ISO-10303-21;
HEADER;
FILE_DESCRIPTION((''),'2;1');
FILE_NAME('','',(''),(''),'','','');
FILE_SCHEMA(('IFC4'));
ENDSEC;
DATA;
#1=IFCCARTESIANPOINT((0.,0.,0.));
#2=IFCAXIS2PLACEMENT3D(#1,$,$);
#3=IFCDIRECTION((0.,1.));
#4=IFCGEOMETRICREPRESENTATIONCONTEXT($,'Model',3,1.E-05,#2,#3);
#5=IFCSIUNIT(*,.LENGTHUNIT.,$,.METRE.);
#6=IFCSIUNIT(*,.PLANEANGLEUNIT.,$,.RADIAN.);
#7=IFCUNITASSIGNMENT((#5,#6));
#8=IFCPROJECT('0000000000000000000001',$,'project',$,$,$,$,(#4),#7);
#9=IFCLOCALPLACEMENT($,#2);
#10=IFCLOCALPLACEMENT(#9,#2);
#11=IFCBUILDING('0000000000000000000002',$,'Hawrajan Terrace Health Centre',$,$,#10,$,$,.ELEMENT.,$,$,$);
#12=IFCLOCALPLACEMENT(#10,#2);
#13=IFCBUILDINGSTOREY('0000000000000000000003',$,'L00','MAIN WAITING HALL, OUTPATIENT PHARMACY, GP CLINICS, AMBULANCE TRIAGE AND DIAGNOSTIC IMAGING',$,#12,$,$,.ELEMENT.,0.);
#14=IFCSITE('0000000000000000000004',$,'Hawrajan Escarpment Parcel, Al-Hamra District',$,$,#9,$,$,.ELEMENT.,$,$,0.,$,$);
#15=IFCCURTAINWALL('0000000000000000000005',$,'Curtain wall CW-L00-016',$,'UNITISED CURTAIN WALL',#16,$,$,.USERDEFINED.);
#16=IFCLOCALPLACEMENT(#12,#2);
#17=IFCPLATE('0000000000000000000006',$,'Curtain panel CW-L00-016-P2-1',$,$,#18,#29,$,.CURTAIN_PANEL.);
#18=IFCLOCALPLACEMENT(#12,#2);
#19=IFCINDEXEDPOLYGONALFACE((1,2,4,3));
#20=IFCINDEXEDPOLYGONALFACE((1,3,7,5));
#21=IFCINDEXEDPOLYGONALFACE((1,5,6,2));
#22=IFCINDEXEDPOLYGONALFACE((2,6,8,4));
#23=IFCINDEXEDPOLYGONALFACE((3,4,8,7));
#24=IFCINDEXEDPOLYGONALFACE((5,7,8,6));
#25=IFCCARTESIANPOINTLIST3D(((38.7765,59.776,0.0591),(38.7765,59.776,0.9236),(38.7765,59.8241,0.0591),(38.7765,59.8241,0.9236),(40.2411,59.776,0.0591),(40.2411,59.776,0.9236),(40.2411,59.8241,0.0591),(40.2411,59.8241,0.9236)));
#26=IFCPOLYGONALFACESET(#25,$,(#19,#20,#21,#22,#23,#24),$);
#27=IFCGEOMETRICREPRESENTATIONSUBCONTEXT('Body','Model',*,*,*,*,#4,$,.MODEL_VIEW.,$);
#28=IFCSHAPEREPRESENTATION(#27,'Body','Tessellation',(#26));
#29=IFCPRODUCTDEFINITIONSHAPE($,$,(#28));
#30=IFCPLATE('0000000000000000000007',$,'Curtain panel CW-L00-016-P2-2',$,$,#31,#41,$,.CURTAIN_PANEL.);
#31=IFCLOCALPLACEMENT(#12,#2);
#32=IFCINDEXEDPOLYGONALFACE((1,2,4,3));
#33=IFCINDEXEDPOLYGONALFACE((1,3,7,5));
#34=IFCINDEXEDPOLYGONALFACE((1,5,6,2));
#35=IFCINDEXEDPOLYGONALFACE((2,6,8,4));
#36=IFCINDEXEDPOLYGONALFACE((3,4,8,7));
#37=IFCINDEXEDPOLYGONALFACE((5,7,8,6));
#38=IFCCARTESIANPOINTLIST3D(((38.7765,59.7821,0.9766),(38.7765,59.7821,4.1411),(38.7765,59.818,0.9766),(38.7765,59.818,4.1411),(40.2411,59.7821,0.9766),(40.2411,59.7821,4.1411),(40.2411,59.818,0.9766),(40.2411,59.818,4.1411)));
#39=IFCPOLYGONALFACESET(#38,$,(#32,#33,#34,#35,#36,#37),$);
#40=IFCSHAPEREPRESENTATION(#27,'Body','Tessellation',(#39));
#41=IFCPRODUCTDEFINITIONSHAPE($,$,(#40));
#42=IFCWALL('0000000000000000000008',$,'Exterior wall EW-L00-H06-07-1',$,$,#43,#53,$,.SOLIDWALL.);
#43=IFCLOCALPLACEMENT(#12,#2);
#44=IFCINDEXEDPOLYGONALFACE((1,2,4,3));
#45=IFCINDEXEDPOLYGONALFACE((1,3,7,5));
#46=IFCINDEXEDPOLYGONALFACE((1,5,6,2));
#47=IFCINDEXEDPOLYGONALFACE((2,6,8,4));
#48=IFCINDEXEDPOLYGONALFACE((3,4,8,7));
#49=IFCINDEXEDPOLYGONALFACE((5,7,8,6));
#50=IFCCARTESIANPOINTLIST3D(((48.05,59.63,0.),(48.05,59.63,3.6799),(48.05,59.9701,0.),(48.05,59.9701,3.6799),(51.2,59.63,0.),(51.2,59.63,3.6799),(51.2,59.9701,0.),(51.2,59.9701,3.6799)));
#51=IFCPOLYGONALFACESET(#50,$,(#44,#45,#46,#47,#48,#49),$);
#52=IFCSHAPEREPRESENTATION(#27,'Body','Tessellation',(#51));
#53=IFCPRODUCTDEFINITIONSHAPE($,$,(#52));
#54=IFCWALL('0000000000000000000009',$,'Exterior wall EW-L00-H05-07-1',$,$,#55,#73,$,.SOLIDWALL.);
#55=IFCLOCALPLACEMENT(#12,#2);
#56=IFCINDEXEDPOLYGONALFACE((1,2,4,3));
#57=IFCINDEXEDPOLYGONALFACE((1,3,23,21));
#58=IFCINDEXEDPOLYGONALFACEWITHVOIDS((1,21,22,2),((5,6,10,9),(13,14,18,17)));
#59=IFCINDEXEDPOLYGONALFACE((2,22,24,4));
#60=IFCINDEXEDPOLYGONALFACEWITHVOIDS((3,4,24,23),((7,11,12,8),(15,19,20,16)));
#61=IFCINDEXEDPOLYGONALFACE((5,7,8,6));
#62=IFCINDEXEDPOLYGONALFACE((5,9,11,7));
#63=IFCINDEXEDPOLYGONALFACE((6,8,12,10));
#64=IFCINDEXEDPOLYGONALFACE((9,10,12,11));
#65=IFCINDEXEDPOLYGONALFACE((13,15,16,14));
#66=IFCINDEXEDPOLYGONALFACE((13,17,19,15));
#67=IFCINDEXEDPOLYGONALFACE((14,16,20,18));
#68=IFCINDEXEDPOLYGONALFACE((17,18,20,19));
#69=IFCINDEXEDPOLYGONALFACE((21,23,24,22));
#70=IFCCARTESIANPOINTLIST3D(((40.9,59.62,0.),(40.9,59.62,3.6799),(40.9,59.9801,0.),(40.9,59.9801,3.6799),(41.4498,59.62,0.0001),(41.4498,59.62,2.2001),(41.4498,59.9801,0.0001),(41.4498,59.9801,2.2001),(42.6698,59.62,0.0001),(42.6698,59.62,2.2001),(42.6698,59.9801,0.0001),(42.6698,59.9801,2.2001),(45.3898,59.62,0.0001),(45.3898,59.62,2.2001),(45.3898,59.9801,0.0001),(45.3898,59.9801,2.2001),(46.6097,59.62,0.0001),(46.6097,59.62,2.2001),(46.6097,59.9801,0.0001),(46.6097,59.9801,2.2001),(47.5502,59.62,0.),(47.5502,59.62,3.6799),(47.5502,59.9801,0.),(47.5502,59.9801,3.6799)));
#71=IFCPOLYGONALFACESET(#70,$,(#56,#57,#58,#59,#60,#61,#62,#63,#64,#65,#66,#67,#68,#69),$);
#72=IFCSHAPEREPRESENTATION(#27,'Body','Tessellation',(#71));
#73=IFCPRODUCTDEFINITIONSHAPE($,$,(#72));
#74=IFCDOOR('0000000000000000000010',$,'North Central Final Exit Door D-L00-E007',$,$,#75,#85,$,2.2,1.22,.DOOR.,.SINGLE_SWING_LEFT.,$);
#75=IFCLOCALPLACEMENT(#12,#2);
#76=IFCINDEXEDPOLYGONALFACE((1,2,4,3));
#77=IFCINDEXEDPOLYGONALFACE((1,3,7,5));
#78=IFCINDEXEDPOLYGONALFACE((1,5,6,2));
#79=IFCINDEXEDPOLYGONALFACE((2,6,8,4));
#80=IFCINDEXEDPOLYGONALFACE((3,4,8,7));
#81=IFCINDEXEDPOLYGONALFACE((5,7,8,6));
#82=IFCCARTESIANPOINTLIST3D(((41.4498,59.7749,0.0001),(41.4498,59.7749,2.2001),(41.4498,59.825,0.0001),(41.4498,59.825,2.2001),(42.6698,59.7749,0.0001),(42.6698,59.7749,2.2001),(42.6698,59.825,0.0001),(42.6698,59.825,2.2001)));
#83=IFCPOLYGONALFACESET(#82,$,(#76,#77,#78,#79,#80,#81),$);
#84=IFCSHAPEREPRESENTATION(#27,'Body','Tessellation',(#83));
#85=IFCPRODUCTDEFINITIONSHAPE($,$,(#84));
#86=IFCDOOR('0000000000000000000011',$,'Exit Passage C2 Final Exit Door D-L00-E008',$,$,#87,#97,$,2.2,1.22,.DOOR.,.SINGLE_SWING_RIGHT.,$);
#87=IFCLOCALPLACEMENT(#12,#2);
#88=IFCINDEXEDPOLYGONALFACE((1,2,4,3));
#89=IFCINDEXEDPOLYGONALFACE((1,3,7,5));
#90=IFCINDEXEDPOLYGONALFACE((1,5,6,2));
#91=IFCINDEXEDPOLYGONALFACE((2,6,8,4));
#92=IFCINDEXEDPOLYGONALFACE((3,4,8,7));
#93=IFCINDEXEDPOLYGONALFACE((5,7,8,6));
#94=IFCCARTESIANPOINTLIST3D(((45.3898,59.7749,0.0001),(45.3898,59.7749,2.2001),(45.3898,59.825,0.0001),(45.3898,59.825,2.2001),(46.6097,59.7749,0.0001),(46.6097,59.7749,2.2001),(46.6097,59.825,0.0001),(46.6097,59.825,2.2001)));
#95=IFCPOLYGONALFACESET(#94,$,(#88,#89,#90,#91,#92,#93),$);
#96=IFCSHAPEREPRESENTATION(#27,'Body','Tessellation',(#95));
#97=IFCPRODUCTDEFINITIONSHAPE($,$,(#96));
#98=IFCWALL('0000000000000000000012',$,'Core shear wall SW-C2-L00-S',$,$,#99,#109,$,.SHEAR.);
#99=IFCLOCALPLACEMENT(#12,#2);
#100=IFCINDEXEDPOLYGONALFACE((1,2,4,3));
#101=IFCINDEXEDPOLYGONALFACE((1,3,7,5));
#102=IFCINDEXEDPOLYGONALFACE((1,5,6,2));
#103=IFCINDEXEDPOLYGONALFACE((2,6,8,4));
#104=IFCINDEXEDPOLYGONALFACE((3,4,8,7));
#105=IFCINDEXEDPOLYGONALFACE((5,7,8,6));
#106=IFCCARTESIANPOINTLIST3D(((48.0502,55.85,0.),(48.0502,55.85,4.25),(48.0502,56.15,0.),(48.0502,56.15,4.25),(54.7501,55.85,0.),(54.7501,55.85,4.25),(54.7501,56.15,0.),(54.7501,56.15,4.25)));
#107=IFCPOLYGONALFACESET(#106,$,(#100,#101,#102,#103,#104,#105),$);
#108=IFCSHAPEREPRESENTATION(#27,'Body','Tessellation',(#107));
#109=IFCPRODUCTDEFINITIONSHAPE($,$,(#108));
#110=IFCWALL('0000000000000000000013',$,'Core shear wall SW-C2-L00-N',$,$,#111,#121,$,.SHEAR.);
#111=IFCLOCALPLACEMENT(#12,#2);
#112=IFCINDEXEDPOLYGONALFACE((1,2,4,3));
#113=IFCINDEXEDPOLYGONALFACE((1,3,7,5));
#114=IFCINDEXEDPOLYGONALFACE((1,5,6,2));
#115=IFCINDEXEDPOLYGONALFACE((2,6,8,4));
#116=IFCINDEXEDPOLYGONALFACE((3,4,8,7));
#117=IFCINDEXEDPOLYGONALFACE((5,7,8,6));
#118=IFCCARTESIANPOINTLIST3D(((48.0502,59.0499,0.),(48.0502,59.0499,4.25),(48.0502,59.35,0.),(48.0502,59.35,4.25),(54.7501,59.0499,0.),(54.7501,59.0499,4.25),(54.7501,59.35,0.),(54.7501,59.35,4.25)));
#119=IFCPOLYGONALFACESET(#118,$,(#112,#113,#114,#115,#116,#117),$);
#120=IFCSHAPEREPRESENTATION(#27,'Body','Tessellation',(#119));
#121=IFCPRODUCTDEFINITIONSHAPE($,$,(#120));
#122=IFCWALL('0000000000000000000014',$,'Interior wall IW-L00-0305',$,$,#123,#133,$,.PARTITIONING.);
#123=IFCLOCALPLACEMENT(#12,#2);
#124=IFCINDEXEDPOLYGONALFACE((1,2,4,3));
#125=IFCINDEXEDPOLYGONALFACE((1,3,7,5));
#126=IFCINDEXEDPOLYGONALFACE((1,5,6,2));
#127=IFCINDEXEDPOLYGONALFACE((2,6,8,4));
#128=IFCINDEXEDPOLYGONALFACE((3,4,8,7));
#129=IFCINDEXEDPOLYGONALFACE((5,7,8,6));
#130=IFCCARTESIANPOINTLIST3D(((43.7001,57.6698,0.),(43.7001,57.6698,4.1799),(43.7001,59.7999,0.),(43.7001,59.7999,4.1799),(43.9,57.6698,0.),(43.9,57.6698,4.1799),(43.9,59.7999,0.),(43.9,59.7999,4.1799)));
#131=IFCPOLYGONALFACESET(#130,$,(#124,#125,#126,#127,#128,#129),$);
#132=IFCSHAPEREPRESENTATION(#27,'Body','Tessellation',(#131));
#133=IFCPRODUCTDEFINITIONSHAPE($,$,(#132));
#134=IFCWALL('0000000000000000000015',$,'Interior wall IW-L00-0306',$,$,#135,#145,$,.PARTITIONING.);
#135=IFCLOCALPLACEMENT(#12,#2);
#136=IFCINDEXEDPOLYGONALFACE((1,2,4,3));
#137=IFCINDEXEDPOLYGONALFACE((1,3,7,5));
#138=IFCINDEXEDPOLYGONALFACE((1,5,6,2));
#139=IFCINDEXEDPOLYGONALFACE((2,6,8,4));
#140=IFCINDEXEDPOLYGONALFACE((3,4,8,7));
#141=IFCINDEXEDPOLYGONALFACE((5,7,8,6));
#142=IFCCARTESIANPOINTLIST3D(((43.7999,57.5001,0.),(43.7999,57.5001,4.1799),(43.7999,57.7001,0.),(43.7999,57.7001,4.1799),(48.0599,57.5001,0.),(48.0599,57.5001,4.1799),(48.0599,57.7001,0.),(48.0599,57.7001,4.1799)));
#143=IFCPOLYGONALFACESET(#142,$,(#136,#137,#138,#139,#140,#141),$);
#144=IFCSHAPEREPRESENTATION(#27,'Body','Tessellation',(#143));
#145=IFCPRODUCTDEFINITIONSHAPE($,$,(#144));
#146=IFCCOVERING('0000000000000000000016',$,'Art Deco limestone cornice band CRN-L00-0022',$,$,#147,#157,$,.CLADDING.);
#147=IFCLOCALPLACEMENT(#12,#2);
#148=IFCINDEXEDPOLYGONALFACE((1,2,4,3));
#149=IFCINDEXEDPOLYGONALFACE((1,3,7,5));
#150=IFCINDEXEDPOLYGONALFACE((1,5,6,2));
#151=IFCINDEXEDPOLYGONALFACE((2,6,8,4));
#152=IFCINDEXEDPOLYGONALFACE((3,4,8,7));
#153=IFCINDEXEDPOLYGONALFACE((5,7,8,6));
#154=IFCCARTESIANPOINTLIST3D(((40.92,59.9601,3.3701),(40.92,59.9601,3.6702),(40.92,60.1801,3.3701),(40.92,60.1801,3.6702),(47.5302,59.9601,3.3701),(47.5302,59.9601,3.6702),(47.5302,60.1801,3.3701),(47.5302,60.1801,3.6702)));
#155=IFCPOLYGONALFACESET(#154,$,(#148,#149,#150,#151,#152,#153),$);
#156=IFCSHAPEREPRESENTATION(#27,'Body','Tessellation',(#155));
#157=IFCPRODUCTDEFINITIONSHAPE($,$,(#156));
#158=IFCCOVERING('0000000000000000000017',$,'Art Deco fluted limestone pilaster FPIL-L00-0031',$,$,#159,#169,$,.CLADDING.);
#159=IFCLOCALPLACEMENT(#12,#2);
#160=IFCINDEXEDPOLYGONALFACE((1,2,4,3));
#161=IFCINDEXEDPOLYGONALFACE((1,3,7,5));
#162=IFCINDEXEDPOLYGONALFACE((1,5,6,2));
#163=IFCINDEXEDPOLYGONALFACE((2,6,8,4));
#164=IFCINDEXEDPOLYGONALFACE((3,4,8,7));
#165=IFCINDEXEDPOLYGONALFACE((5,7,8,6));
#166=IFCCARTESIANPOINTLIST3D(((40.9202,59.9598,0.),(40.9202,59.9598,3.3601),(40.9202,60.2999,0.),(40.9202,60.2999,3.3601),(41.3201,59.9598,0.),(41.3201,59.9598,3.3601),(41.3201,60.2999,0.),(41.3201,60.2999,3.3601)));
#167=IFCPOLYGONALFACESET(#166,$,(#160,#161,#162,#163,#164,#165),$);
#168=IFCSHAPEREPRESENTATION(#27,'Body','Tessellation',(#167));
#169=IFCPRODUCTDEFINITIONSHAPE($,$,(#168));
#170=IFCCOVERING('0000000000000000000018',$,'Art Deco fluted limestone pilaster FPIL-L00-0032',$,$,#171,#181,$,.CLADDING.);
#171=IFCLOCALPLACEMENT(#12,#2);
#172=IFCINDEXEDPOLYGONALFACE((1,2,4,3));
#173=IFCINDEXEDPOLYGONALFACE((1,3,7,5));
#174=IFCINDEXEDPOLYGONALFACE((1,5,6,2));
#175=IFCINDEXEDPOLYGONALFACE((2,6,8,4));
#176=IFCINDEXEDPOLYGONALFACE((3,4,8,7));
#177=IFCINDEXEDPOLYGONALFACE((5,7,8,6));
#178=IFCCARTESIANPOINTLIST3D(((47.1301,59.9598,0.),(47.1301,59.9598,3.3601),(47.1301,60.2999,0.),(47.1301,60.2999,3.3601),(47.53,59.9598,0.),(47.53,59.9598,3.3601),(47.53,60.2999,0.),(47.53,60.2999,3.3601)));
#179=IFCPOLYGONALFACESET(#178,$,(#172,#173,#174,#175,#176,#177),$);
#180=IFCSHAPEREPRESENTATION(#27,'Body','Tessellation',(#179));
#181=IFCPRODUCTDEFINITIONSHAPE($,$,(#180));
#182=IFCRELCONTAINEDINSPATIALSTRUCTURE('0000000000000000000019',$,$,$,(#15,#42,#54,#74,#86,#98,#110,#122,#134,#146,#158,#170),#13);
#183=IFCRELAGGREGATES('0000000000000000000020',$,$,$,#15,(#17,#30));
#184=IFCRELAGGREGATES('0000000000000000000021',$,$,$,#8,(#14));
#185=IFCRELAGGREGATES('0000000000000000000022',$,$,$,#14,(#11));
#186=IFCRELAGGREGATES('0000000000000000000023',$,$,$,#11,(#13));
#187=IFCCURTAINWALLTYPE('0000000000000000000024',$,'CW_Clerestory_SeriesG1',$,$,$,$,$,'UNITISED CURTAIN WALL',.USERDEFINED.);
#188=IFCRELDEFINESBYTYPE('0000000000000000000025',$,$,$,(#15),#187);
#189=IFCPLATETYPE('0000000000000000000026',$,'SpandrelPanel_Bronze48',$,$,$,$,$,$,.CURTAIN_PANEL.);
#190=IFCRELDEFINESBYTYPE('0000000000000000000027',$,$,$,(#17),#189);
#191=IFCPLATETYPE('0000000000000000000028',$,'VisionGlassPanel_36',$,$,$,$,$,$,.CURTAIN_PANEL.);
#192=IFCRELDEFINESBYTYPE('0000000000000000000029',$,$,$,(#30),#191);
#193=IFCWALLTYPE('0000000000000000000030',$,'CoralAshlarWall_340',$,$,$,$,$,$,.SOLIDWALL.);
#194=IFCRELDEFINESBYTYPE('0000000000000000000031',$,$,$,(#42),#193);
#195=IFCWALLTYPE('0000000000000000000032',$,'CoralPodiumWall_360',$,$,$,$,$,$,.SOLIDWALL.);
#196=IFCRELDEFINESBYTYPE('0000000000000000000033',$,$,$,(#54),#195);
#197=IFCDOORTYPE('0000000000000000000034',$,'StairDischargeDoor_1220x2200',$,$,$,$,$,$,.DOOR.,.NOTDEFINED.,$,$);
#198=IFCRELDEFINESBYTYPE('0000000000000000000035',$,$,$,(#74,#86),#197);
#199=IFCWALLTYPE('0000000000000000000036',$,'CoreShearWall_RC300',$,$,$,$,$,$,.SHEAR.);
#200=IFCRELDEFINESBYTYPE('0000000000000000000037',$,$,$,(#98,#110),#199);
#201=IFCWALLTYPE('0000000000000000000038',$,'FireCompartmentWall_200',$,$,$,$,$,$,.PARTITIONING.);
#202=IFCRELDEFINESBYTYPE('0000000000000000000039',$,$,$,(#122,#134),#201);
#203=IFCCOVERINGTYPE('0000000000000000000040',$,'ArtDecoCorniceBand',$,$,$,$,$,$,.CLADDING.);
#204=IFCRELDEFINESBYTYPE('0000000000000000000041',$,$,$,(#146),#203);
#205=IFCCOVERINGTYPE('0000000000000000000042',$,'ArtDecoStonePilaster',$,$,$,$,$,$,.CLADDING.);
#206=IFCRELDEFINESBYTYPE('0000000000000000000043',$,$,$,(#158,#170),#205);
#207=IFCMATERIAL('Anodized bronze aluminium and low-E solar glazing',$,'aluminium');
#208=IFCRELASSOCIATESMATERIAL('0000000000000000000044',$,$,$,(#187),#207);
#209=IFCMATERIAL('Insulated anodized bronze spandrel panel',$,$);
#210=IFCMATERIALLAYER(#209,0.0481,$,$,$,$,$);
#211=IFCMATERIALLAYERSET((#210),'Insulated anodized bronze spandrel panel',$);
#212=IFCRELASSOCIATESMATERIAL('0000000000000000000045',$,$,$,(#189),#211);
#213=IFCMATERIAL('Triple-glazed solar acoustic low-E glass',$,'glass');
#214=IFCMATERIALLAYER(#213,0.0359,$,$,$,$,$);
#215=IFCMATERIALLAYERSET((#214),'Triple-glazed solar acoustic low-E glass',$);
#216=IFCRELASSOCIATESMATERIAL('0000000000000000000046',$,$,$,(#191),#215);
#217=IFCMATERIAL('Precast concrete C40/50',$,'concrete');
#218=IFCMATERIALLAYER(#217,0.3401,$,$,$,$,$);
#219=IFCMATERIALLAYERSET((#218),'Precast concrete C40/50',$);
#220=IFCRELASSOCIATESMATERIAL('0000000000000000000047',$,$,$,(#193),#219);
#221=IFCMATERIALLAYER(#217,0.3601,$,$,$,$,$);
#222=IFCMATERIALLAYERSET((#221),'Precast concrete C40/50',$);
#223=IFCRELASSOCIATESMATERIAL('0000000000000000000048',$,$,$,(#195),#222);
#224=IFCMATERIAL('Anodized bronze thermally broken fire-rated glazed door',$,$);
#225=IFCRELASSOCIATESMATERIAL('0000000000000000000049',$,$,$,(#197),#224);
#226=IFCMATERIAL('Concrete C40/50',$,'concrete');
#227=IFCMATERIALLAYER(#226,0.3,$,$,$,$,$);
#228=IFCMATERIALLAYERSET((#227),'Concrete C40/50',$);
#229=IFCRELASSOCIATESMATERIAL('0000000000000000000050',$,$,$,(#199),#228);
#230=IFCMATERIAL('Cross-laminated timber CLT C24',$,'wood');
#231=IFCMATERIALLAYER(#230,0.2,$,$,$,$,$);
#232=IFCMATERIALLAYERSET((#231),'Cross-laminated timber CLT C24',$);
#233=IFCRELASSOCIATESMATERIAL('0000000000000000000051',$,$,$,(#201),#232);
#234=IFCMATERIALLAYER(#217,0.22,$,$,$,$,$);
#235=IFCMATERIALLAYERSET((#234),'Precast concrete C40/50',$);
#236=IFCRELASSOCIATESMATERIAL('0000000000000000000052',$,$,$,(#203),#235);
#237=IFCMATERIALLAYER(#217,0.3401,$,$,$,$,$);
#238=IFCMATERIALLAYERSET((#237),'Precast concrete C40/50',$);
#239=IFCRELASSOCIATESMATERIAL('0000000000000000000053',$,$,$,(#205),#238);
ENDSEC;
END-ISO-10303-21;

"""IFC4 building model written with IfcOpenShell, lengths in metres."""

from ifc_helpers import new_model, si_unit, direction, frame, frame_2d, origin, origin_2d, place, context, subcontext, project, spatial, rectangle, extrude, material, layer, layer_set, type_object, element, fill, aggregate, save


model = new_model("IFC4")

# Units and contexts
model_context = context("Model", 3, precision=1e-05, world=origin(), true_north=direction((0.0, 1.0)))
body_context = subcontext(model_context, "Body", "Model", "MODEL_VIEW")
ifc_project = project(units=[si_unit("LENGTHUNIT", "METRE"), si_unit("PLANEANGLEUNIT", "RADIAN")], contexts=[model_context])

# Site, building, storey
site_placement = place(None, origin())
site = spatial("IfcSite", under=ifc_project, at=site_placement, Name="Hawrajan Escarpment Parcel, Al-Hamra District", CompositionType="ELEMENT", RefElevation=0.0)
building_placement = place(site_placement, origin())
building = spatial("IfcBuilding", under=site, at=building_placement, Name="Hawrajan Terrace Health Centre", CompositionType="ELEMENT")
storey_placement = place(building_placement, origin())
storey = spatial("IfcBuildingStorey", under=building, at=storey_placement, Name="L00", Description="MAIN WAITING HALL, OUTPATIENT PHARMACY, GP CLINICS, AMBULANCE TRIAGE AND DIAGNOSTIC IMAGING", CompositionType="ELEMENT", Elevation=0.0)

# Shared definitions
ifc_material_1 = material(Name="Concrete C40/50", Category="concrete")

# Curtain wall
ifc_material_2 = material(Name="Anodized bronze aluminium and low-E solar glazing", Category="aluminium")
curtain_wall_type = type_object("IfcCurtainWallType", Name="CW_Clerestory_SeriesG1", ElementType="UNITISED CURTAIN WALL", PredefinedType="USERDEFINED", material=ifc_material_2)
curtain_wall_placement = place(storey_placement, origin())
curtain_wall = element("IfcCurtainWall", 1, at=curtain_wall_placement, inside=storey, type_object=curtain_wall_type, Name="Curtain wall CW-L00-016", ObjectType="UNITISED CURTAIN WALL", PredefinedType="USERDEFINED")

# Plates
ifc_material_3 = material(Name="Insulated anodized bronze spandrel panel")
ifc_layer_1 = layer(ifc_material_3, 0.0481)
ifc_layer_set_1 = layer_set([ifc_layer_1], Name="Insulated anodized bronze spandrel panel")
plate_type_1 = type_object("IfcPlateType", Name="SpandrelPanel_Bronze48", PredefinedType="CURTAIN_PANEL", material=ifc_layer_set_1)
plate_1_placement = place(storey_placement, frame((39.5088, 59.8, 0.0591), z_axis=(0.0, 0.0, 1.0), x_axis=(1.0, 0.0, 0.0)))
plate_1 = element("IfcPlate", 2, at=plate_1_placement, type_object=plate_type_1, Name="Curtain panel CW-L00-016-P2-1", PredefinedType="CURTAIN_PANEL", context=body_context, shape_type="SweptSolid", body=[
    extrude(rectangle(XDim=1.4646, YDim=0.0481, at=origin_2d()), origin(), (0.0, 0.0, 1.0), 0.8645),
])
ifc_material_4 = material(Name="Triple-glazed solar acoustic low-E glass", Category="glass")
ifc_layer_2 = layer(ifc_material_4, 0.0359)
ifc_layer_set_2 = layer_set([ifc_layer_2], Name="Triple-glazed solar acoustic low-E glass")
plate_type_2 = type_object("IfcPlateType", Name="VisionGlassPanel_36", PredefinedType="CURTAIN_PANEL", material=ifc_layer_set_2)
plate_2_placement = place(storey_placement, frame((39.5088, 59.8, 0.9766), z_axis=(0.0, 0.0, 1.0), x_axis=(1.0, 0.0, 0.0)))
plate_2 = element("IfcPlate", 3, at=plate_2_placement, type_object=plate_type_2, Name="Curtain panel CW-L00-016-P2-2", PredefinedType="CURTAIN_PANEL", context=body_context, shape_type="SweptSolid", body=[
    extrude(rectangle(XDim=1.4646, YDim=0.0359, at=origin_2d()), origin(), (0.0, 0.0, 1.0), 3.1646),
])
aggregate(curtain_wall, [plate_1, plate_2])

# Wall
ifc_material_5 = material(Name="Precast concrete C40/50", Category="concrete")
ifc_layer_3 = layer(ifc_material_5, 0.3401)
ifc_layer_set_3 = layer_set([ifc_layer_3], Name="Precast concrete C40/50")
wall_type_1 = type_object("IfcWallType", Name="CoralAshlarWall_340", PredefinedType="SOLIDWALL", material=ifc_layer_set_3)
wall_1_placement = place(storey_placement, frame((48.05, 59.8, 0.0), z_axis=(0.0, 0.0, 1.0), x_axis=(1.0, 0.0, 0.0)))
element("IfcWall", 4, at=wall_1_placement, inside=storey, type_object=wall_type_1, Name="Exterior wall EW-L00-H06-07-1", PredefinedType="SOLIDWALL", context=body_context, shape_type="SweptSolid", body=[
    extrude(rectangle(XDim=3.1499, YDim=0.3401, at=frame_2d((1.575, 0.0))), origin(), (0.0, 0.0, 1.0), 3.6799),
])

# Wall, openings, doors
ifc_layer_4 = layer(ifc_material_5, 0.3601)
ifc_layer_set_4 = layer_set([ifc_layer_4], Name="Precast concrete C40/50")
wall_type_2 = type_object("IfcWallType", Name="CoralPodiumWall_360", PredefinedType="SOLIDWALL", material=ifc_layer_set_4)
wall_2_placement = place(storey_placement, frame((40.8999, 59.8, 0.0), z_axis=(0.0, 0.0, 1.0), x_axis=(1.0, 0.0, 0.0)))
wall_2 = element("IfcWall", 5, at=wall_2_placement, inside=storey, type_object=wall_type_2, Name="Exterior wall EW-L00-H05-07-1", PredefinedType="SOLIDWALL", context=body_context, shape_type="SweptSolid", body=[
    extrude(rectangle(XDim=6.6501, YDim=0.3601, at=frame_2d((3.3252, 0.0))), origin(), (0.0, 0.0, 1.0), 3.6799),
])
opening_1_placement = place(wall_2_placement, frame((0.55, 0.0, 0.0)))
opening_1 = element("IfcOpeningElement", 6, at=opening_1_placement, cuts=wall_2, PredefinedType="OPENING", context=body_context, shape_type="SweptSolid", body=[
    extrude(rectangle(XDim=1.22, YDim=2.2, at=frame_2d((0.6099, 1.1001))), frame((0.0, 0.1899, 0.0), z_axis=(0.0, -1.0, 0.0), x_axis=(1.0, 0.0, 0.0)), (0.0, 0.0, 1.0), 0.3801),
])
opening_2_placement = place(wall_2_placement, frame((4.49, 0.0, 0.0)))
opening_2 = element("IfcOpeningElement", 7, at=opening_2_placement, cuts=wall_2, PredefinedType="OPENING", context=body_context, shape_type="SweptSolid", body=[
    extrude(rectangle(XDim=1.22, YDim=2.2, at=frame_2d((0.6099, 1.1001))), frame((0.0, 0.1899, 0.0), z_axis=(0.0, -1.0, 0.0), x_axis=(1.0, 0.0, 0.0)), (0.0, 0.0, 1.0), 0.3801),
])
ifc_material_6 = material(Name="Anodized bronze thermally broken fire-rated glazed door")
door_type = type_object("IfcDoorType", Name="StairDischargeDoor_1220x2200", OperationType="NOTDEFINED", PredefinedType="DOOR", material=ifc_material_6)
door_1_placement = place(opening_1_placement, origin())
door_1 = element("IfcDoor", 8, at=door_1_placement, inside=storey, type_object=door_type, Name="North Central Final Exit Door D-L00-E007", OperationType="SINGLE_SWING_LEFT", OverallHeight=2.2, OverallWidth=1.22, PredefinedType="DOOR", context=body_context, shape_type="SweptSolid", body=[
    extrude(rectangle(XDim=1.22, YDim=2.2, at=frame_2d((0.6099, 1.1001))), frame((0.0, 0.0249, 0.0), z_axis=(0.0, -1.0, 0.0), x_axis=(1.0, 0.0, 0.0)), (0.0, 0.0, 1.0), 0.05),
])
fill(opening_1, door_1)
door_2_placement = place(opening_2_placement, origin())
door_2 = element("IfcDoor", 9, at=door_2_placement, inside=storey, type_object=door_type, Name="Exit Passage C2 Final Exit Door D-L00-E008", OperationType="SINGLE_SWING_RIGHT", OverallHeight=2.2, OverallWidth=1.22, PredefinedType="DOOR", context=body_context, shape_type="SweptSolid", body=[
    extrude(rectangle(XDim=1.22, YDim=2.2, at=frame_2d((0.6099, 1.1001))), frame((0.0, 0.0249, 0.0), z_axis=(0.0, -1.0, 0.0), x_axis=(1.0, 0.0, 0.0)), (0.0, 0.0, 1.0), 0.05),
])
fill(opening_2, door_2)

# Walls
ifc_layer_5 = layer(ifc_material_1, 0.3)
ifc_layer_set_5 = layer_set([ifc_layer_5], Name="Concrete C40/50")
wall_type_3 = type_object("IfcWallType", Name="CoreShearWall_RC300", PredefinedType="SHEAR", material=ifc_layer_set_5)
for number, where, z_axis, x_axis, name in (
    (10, (48.05, 56.0, 0.0), (0.0, 0.0, 1.0), (1.0, 0.0, 0.0), "Core shear wall SW-C2-L00-S"),
    (11, (48.05, 59.2, 0.0), (0.0, 0.0, 1.0), (1.0, 0.0, 0.0), "Core shear wall SW-C2-L00-N"),
):
    element("IfcWall", number, at=place(storey_placement, frame(where, z_axis=z_axis, x_axis=x_axis)), inside=storey, type_object=wall_type_3, Name=name, PredefinedType="SHEAR", context=body_context, shape_type="SweptSolid", body=[
        extrude(rectangle(XDim=6.7, YDim=0.3, at=frame_2d((3.3501, 0.0))), origin(), (0.0, 0.0, 1.0), 4.25),
    ])
ifc_material_7 = material(Name="Cross-laminated timber CLT C24", Category="wood")
ifc_layer_6 = layer(ifc_material_7, 0.2)
ifc_layer_set_6 = layer_set([ifc_layer_6], Name="Cross-laminated timber CLT C24")
wall_type_4 = type_object("IfcWallType", Name="FireCompartmentWall_200", PredefinedType="PARTITIONING", material=ifc_layer_set_6)
wall_3_placement = place(storey_placement, frame((43.8, 57.6699, 0.0), z_axis=(0.0, 0.0, 1.0), x_axis=(0.0, 1.0, 0.0)))
element("IfcWall", 12, at=wall_3_placement, inside=storey, type_object=wall_type_4, Name="Interior wall IW-L00-0305", PredefinedType="PARTITIONING", context=body_context, shape_type="SweptSolid", body=[
    extrude(rectangle(XDim=2.1301, YDim=0.2, at=frame_2d((1.0649, 0.0))), origin(), (0.0, 0.0, 1.0), 4.1799),
])
wall_4_placement = place(storey_placement, frame((43.8, 57.6001, 0.0), z_axis=(0.0, 0.0, 1.0), x_axis=(1.0, 0.0, 0.0)))
element("IfcWall", 13, at=wall_4_placement, inside=storey, type_object=wall_type_4, Name="Interior wall IW-L00-0306", PredefinedType="PARTITIONING", context=body_context, shape_type="SweptSolid", body=[
    extrude(rectangle(XDim=4.26, YDim=0.2, at=frame_2d((2.1299, 0.0))), origin(), (0.0, 0.0, 1.0), 4.1799),
])

# Coverings
ifc_layer_7 = layer(ifc_material_5, 0.22)
ifc_layer_set_7 = layer_set([ifc_layer_7], Name="Precast concrete C40/50")
covering_type_1 = type_object("IfcCoveringType", Name="ArtDecoCorniceBand", PredefinedType="CLADDING", material=ifc_layer_set_7)
covering_placement = place(storey_placement, frame((44.2251, 60.0701, 3.3701), z_axis=(0.0, 0.0, 1.0), x_axis=(1.0, 0.0, 0.0)))
element("IfcCovering", 14, at=covering_placement, inside=storey, type_object=covering_type_1, Name="Art Deco limestone cornice band CRN-L00-0022", PredefinedType="CLADDING", context=body_context, shape_type="SweptSolid", body=[
    extrude(rectangle(XDim=6.6101, YDim=0.22, at=origin_2d()), origin(), (0.0, 0.0, 1.0), 0.3),
])
ifc_layer_8 = layer(ifc_material_5, 0.3401)
ifc_layer_set_8 = layer_set([ifc_layer_8], Name="Precast concrete C40/50")
covering_type_2 = type_object("IfcCoveringType", Name="ArtDecoStonePilaster", PredefinedType="CLADDING", material=ifc_layer_set_8)
for number, where, z_axis, x_axis, name in (
    (15, (41.1201, 60.1299, 0.0), (0.0, 0.0, 1.0), (1.0, 0.0, 0.0), "Art Deco fluted limestone pilaster FPIL-L00-0031"),
    (16, (47.3301, 60.1299, 0.0), (0.0, 0.0, 1.0), (1.0, 0.0, 0.0), "Art Deco fluted limestone pilaster FPIL-L00-0032"),
):
    element("IfcCovering", number, at=place(storey_placement, frame(where, z_axis=z_axis, x_axis=x_axis)), inside=storey, type_object=covering_type_2, Name=name, PredefinedType="CLADDING", context=body_context, shape_type="SweptSolid", body=[
        extrude(rectangle(XDim=0.3999, YDim=0.3401, at=origin_2d()), origin(), (0.0, 0.0, 1.0), 3.3601),
    ])

save(model, "model.ifc")
